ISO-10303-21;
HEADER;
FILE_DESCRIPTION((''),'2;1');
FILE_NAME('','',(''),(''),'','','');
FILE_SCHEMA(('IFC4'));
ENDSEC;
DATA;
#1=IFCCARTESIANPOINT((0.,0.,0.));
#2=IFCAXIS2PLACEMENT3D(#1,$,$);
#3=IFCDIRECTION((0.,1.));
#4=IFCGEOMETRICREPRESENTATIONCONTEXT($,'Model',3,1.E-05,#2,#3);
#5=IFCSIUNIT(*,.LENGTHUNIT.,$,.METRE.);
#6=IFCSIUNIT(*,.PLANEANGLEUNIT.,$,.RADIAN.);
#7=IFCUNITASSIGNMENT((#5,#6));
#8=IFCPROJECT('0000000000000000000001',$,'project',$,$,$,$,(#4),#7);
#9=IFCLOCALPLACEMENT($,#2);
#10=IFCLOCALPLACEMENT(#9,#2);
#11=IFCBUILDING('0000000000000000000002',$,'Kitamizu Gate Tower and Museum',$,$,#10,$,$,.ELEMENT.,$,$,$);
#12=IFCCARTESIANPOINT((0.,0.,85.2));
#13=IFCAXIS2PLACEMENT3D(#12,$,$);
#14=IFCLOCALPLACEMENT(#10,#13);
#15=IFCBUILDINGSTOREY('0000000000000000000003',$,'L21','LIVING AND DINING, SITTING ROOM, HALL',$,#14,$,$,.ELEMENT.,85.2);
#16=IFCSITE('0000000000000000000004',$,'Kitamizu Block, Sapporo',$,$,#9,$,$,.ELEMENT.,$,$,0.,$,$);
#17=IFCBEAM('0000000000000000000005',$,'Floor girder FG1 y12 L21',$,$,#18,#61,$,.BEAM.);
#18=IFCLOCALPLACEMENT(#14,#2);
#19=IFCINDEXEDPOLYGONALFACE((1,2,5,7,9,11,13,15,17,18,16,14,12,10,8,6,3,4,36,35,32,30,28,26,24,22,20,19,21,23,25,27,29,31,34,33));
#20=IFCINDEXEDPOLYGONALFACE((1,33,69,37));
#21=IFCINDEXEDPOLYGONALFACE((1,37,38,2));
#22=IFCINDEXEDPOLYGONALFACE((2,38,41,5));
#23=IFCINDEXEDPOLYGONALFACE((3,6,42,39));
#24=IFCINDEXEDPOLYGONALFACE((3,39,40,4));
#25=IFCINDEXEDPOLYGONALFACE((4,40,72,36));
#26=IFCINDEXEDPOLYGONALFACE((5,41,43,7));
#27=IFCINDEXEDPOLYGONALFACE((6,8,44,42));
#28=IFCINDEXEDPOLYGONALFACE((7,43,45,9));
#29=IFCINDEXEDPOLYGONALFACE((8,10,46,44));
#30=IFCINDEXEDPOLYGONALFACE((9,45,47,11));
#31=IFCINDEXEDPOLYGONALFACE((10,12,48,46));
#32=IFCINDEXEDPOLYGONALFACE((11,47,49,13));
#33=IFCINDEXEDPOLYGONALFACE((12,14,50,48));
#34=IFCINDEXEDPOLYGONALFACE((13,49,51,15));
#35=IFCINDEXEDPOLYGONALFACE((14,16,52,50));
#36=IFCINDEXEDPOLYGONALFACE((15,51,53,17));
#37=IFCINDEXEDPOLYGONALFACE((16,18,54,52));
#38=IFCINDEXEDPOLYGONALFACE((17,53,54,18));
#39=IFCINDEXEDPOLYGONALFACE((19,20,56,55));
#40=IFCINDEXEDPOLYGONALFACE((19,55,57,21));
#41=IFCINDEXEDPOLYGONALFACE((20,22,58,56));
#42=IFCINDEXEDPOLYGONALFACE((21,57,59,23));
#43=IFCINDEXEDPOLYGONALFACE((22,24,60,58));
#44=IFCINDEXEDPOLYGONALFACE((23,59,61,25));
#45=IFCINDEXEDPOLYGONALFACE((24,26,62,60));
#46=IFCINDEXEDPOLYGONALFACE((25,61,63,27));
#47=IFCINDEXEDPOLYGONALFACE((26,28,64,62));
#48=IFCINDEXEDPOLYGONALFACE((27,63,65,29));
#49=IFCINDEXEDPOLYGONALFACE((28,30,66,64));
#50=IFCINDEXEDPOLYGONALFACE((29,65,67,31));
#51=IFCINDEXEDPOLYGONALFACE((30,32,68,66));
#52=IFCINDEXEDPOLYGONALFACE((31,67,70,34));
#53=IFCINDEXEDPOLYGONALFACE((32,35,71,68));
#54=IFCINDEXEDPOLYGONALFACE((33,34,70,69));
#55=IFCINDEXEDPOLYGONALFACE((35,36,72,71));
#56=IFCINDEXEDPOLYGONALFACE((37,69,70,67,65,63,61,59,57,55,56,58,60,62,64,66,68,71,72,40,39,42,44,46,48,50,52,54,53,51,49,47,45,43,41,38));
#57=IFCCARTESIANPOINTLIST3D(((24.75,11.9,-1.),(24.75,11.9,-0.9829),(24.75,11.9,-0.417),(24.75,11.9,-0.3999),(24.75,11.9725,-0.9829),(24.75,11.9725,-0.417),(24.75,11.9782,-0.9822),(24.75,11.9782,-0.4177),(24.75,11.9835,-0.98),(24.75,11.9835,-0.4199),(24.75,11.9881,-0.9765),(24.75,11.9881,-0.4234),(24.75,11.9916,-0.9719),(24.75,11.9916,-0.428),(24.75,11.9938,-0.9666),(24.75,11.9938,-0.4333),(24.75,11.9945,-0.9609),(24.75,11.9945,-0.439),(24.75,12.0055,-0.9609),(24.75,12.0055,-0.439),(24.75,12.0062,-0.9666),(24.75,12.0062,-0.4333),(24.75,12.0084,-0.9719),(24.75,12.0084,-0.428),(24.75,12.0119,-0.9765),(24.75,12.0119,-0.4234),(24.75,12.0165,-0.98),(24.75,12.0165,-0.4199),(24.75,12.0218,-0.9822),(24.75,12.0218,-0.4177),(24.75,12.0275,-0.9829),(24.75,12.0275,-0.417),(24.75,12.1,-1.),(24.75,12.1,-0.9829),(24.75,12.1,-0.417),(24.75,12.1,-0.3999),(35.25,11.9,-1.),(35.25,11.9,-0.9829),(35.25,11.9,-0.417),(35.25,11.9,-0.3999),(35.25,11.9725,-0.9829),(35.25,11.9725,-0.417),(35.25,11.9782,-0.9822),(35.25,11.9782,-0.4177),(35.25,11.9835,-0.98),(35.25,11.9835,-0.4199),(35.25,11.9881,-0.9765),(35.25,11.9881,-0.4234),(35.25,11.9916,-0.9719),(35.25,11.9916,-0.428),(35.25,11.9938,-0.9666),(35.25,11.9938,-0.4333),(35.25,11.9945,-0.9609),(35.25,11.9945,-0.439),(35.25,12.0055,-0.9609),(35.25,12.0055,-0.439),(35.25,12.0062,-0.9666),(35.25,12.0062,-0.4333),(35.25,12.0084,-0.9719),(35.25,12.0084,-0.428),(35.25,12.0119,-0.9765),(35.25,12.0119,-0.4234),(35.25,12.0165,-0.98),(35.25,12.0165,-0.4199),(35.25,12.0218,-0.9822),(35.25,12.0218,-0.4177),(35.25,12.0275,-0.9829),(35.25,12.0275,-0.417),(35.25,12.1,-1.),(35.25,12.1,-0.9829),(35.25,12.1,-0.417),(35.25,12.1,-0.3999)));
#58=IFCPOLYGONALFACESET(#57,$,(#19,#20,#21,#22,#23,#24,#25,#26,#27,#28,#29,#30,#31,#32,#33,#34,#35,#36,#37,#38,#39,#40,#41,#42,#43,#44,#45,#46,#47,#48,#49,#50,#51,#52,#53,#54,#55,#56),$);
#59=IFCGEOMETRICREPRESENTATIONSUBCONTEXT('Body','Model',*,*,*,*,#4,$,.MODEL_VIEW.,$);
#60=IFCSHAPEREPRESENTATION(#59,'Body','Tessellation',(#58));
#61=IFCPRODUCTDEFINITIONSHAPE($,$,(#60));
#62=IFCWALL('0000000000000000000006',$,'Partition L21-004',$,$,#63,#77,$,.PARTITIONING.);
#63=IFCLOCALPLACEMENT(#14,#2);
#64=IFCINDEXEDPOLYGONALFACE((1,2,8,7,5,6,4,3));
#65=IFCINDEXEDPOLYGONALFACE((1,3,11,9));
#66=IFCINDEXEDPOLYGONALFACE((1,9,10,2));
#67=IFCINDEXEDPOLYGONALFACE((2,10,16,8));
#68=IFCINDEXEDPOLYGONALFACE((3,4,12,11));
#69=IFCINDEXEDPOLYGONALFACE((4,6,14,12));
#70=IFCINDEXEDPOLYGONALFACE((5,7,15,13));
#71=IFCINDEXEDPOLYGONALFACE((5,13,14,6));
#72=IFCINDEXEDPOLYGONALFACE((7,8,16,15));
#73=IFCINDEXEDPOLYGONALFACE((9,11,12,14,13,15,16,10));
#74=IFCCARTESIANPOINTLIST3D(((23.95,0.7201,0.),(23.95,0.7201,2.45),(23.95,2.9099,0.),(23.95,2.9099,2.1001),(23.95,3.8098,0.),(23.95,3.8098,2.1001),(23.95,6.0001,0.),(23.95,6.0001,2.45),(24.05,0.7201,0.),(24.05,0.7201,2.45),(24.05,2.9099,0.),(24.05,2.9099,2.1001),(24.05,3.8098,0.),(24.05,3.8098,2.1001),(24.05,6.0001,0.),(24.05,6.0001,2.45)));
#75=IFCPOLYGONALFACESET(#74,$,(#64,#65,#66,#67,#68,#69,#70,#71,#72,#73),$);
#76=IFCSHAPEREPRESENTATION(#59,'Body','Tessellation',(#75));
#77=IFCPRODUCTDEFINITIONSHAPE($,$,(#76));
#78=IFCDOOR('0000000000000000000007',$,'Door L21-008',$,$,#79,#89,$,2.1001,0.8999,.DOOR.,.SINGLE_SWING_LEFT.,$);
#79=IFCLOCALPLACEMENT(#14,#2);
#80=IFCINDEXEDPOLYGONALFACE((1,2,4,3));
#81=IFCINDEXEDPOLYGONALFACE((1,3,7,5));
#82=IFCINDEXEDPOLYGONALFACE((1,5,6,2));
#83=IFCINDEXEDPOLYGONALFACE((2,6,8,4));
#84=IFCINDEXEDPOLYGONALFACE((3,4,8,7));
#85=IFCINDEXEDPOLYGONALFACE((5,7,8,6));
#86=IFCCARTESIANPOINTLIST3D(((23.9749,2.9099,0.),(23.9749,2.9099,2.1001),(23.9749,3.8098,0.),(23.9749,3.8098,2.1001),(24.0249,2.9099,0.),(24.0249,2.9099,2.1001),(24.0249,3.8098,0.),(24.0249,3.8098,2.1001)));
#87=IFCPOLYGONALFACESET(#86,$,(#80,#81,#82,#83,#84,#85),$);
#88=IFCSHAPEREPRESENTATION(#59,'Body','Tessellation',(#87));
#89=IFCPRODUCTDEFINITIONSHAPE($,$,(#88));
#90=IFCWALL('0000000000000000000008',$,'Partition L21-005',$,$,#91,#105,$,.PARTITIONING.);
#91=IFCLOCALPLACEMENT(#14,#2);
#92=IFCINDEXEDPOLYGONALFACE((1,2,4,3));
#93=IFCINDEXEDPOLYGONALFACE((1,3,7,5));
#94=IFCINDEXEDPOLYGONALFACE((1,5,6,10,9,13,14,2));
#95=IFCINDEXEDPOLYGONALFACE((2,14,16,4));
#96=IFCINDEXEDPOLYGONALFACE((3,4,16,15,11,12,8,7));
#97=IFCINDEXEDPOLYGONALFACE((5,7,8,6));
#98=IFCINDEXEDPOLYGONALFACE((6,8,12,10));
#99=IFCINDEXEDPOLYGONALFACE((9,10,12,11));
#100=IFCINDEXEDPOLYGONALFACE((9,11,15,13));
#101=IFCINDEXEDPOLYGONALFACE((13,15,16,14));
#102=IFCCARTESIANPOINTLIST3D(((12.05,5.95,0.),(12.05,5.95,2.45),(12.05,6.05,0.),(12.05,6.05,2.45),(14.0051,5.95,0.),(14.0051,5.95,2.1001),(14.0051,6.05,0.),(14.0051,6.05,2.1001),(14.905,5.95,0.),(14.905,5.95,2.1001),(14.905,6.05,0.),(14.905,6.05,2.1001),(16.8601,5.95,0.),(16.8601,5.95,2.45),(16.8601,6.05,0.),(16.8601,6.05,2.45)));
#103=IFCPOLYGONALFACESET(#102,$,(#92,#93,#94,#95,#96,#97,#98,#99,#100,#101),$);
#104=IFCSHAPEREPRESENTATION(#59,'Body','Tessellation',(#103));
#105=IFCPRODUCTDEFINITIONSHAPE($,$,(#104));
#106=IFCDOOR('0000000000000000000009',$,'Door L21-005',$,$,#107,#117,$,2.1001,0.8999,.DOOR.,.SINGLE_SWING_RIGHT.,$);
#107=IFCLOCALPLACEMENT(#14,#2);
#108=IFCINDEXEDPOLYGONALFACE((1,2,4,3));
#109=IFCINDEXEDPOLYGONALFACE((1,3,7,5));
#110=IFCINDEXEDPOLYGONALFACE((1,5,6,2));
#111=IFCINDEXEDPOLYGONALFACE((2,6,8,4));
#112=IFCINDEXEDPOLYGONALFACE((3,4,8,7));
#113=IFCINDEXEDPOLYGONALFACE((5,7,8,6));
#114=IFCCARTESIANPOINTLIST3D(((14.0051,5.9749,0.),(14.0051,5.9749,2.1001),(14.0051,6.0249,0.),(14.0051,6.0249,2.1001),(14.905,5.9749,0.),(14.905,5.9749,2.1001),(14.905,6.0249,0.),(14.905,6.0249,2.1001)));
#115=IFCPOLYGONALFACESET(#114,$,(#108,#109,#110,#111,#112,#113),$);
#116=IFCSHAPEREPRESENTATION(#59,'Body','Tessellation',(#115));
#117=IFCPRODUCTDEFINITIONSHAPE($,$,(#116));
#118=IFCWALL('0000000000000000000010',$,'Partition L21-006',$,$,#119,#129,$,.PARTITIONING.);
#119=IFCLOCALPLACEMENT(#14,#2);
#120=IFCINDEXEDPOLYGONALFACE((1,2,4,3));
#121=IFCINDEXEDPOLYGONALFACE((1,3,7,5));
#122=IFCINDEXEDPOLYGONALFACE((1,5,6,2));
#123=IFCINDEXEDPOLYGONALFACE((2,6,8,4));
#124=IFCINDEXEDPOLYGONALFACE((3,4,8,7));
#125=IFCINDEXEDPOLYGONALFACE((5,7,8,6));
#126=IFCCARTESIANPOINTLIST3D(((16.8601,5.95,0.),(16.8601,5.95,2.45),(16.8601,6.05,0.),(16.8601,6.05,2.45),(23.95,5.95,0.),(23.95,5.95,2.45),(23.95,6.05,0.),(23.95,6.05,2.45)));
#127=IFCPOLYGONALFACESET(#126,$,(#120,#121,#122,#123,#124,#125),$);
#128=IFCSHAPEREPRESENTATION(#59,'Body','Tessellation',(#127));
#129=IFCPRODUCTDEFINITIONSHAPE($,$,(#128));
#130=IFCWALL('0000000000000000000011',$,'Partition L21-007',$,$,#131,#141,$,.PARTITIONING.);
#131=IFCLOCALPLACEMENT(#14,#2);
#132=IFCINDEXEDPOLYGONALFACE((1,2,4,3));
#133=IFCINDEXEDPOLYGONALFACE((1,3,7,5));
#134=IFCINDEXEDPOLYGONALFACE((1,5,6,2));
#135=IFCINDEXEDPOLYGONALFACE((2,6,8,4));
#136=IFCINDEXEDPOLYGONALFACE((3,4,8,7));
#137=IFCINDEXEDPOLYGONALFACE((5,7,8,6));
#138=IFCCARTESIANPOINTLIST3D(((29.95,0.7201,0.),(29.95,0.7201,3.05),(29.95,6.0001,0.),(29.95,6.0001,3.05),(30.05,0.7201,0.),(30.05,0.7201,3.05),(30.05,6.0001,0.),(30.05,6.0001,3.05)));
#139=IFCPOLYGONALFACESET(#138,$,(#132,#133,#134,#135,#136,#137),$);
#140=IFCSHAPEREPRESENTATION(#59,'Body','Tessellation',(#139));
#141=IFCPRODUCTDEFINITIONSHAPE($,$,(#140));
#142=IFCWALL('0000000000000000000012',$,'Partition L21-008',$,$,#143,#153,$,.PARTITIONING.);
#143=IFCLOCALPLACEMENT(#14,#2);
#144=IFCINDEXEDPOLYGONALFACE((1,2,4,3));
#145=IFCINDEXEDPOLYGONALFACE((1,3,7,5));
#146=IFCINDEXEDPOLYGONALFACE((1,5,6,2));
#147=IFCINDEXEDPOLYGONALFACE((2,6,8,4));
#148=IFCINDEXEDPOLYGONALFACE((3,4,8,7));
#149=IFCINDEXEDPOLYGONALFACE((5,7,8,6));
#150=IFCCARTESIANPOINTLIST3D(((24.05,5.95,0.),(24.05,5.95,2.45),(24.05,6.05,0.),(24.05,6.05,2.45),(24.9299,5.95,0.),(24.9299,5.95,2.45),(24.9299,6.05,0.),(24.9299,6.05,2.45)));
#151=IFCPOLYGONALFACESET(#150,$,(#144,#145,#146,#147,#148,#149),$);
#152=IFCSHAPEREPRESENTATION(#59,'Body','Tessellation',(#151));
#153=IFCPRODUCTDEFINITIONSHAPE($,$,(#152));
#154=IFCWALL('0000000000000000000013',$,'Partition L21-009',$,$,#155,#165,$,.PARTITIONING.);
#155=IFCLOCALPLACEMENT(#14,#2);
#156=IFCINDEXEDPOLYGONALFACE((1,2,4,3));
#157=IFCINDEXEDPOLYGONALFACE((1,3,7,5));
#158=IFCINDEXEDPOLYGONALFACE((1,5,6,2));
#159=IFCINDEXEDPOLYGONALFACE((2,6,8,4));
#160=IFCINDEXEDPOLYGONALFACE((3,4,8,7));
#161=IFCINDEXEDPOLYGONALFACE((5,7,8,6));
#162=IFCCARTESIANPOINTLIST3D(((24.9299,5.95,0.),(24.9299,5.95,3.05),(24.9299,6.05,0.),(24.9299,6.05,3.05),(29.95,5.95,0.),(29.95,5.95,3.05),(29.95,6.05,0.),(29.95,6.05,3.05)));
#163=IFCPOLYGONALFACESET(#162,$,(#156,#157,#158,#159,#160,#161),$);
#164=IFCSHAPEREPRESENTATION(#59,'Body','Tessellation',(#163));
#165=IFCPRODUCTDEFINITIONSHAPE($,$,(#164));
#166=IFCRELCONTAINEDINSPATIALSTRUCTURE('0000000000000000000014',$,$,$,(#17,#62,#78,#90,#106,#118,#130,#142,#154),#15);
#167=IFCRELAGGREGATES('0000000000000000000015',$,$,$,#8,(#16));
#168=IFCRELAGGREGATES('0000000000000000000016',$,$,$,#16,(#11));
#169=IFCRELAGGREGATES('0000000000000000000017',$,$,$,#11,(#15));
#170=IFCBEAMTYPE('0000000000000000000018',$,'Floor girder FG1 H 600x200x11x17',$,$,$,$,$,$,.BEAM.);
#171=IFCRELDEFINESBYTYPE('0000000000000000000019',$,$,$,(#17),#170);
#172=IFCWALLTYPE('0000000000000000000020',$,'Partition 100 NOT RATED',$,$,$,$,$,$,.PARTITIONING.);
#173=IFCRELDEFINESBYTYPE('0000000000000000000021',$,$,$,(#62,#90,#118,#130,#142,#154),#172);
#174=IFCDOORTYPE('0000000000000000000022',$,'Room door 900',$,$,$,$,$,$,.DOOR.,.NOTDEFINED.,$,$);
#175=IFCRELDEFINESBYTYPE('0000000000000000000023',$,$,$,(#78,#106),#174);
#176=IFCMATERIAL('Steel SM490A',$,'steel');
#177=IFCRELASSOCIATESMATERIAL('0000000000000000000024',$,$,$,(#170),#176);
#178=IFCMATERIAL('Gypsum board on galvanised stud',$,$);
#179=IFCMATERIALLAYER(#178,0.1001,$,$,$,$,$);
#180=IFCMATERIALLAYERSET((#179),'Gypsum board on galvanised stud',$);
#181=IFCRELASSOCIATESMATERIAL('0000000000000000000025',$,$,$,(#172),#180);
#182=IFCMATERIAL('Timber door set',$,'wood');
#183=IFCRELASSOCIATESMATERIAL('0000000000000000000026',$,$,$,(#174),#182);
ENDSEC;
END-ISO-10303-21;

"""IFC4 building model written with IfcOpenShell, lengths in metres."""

from ifc_helpers import new_model, si_unit, direction, frame, frame_2d, origin, origin_2d, place, context, subcontext, project, spatial, rectangle, i_section, extrude, material, layer, layer_set, material_profile, profile_set, type_object, element, fill, save


model = new_model("IFC4")

# Units and contexts
model_context = context("Model", 3, precision=1e-05, world=origin(), true_north=direction((0.0, 1.0)))
body_context = subcontext(model_context, "Body", "Model", "MODEL_VIEW")
ifc_project = project(units=[si_unit("LENGTHUNIT", "METRE"), si_unit("PLANEANGLEUNIT", "RADIAN")], contexts=[model_context])

# Site, building, storey
site_placement = place(None, origin())
site = spatial("IfcSite", under=ifc_project, at=site_placement, Name="Kitamizu Block, Sapporo", CompositionType="ELEMENT", RefElevation=0.0)
building_placement = place(site_placement, origin())
building = spatial("IfcBuilding", under=site, at=building_placement, Name="Kitamizu Gate Tower and Museum", CompositionType="ELEMENT")
storey_placement = place(building_placement, frame((0.0, 0.0, 85.2)))
storey = spatial("IfcBuildingStorey", under=building, at=storey_placement, Name="L21", Description="LIVING AND DINING, SITTING ROOM, HALL", CompositionType="ELEMENT", Elevation=85.2)

# Beam
ifc_material_1 = material(Name="Steel SM490A", Category="steel")
ifc_material_profile_1 = material_profile(ifc_material_1, i_section(OverallWidth=0.2, OverallDepth=0.6001, WebThickness=0.011, FlangeThickness=0.0171, FilletRadius=0.022, at=origin_2d()), Name="H-600x200x11x17")
ifc_profile_set_1 = profile_set([ifc_material_profile_1], Name="Steel SM490A")
beam_type_1 = type_object("IfcBeamType", Name="Floor girder FG1 H 600x200x11x17", PredefinedType="BEAM", material=ifc_profile_set_1)
beam_1_placement = place(storey_placement, frame((24.75, 12.0, -0.7), z_axis=(1.0, 0.0, 0.0), x_axis=(0.0, 1.0, 0.0)))
element("IfcBeam", 1, at=beam_1_placement, inside=storey, type_object=beam_type_1, Name="Floor girder FG1 y12 L21", PredefinedType="BEAM", context=body_context, shape_type="SweptSolid", body=[
    extrude(i_section(OverallWidth=0.2, OverallDepth=0.6001, WebThickness=0.011, FlangeThickness=0.0171, FilletRadius=0.022, at=origin_2d()), origin(), (0.0, 0.0, 1.0), 10.5),
])

# Walls, openings, doors
ifc_material_2 = material(Name="Gypsum board on galvanised stud")
ifc_layer = layer(ifc_material_2, 0.1001)
ifc_layer_set = layer_set([ifc_layer], Name="Gypsum board on galvanised stud")
wall_type = type_object("IfcWallType", Name="Partition 100 NOT RATED", PredefinedType="PARTITIONING", material=ifc_layer_set)
wall_1_placement = place(storey_placement, frame((24.0, 0.72, 0.0), z_axis=(0.0, 0.0, 1.0), x_axis=(0.0, 1.0, 0.0)))
wall_1 = element("IfcWall", 2, at=wall_1_placement, inside=storey, type_object=wall_type, Name="Partition L21-004", PredefinedType="PARTITIONING", context=body_context, shape_type="SweptSolid", body=[
    extrude(rectangle(XDim=5.28, YDim=0.1001, at=frame_2d((2.6401, 0.0))), origin(), (0.0, 0.0, 1.0), 2.45),
])
opening_1_placement = place(wall_1_placement, frame((2.1899, 0.0, 0.0)))
opening_1 = element("IfcOpeningElement", 3, at=opening_1_placement, cuts=wall_1, PredefinedType="OPENING", context=body_context, shape_type="SweptSolid", body=[
    extrude(rectangle(XDim=0.8999, YDim=2.1001, at=frame_2d((0.45, 1.05))), frame((0.0, 0.0601, 0.0), z_axis=(0.0, -1.0, 0.0), x_axis=(1.0, 0.0, 0.0)), (0.0, 0.0, 1.0), 0.1201),
])
ifc_material_3 = material(Name="Timber door set", Category="wood")
door_type = type_object("IfcDoorType", Name="Room door 900", OperationType="NOTDEFINED", PredefinedType="DOOR", material=ifc_material_3)
door_1_placement = place(opening_1_placement, frame((0.8999, 0.0, 0.0), x_axis=(-1.0, 0.0, 0.0)))
door_1 = element("IfcDoor", 4, at=door_1_placement, inside=storey, type_object=door_type, Name="Door L21-008", OperationType="SINGLE_SWING_LEFT", OverallHeight=2.1001, OverallWidth=0.8999, PredefinedType="DOOR", context=body_context, shape_type="SweptSolid", body=[
    extrude(rectangle(XDim=0.8999, YDim=2.1001, at=frame_2d((0.45, 1.05))), frame((0.0, 0.0249, 0.0), z_axis=(0.0, -1.0, 0.0), x_axis=(1.0, 0.0, 0.0)), (0.0, 0.0, 1.0), 0.05),
])
fill(opening_1, door_1)
wall_2_placement = place(storey_placement, frame((16.8601, 6.0, 0.0), z_axis=(0.0, 0.0, 1.0), x_axis=(-1.0, 0.0, 0.0)))
wall_2 = element("IfcWall", 5, at=wall_2_placement, inside=storey, type_object=wall_type, Name="Partition L21-005", PredefinedType="PARTITIONING", context=body_context, shape_type="SweptSolid", body=[
    extrude(rectangle(XDim=4.8101, YDim=0.1001, at=frame_2d((2.405, 0.0))), origin(), (0.0, 0.0, 1.0), 2.45),
])
opening_2_placement = place(wall_2_placement, frame((1.9551, 0.0, 0.0)))
opening_2 = element("IfcOpeningElement", 6, at=opening_2_placement, cuts=wall_2, PredefinedType="OPENING", context=body_context, shape_type="SweptSolid", body=[
    extrude(rectangle(XDim=0.8999, YDim=2.1001, at=frame_2d((0.45, 1.05))), frame((0.0, 0.0601, 0.0), z_axis=(0.0, -1.0, 0.0), x_axis=(1.0, 0.0, 0.0)), (0.0, 0.0, 1.0), 0.1201),
])
door_2_placement = place(opening_2_placement, frame((0.8999, 0.0, 0.0), x_axis=(-1.0, 0.0, 0.0)))
door_2 = element("IfcDoor", 7, at=door_2_placement, inside=storey, type_object=door_type, Name="Door L21-005", OperationType="SINGLE_SWING_RIGHT", OverallHeight=2.1001, OverallWidth=0.8999, PredefinedType="DOOR", context=body_context, shape_type="SweptSolid", body=[
    extrude(rectangle(XDim=0.8999, YDim=2.1001, at=frame_2d((0.45, 1.05))), frame((0.0, 0.0249, 0.0), z_axis=(0.0, -1.0, 0.0), x_axis=(1.0, 0.0, 0.0)), (0.0, 0.0, 1.0), 0.05),
])
fill(opening_2, door_2)

# Walls
wall_3_placement = place(storey_placement, frame((23.95, 6.0, 0.0), z_axis=(0.0, 0.0, 1.0), x_axis=(-1.0, 0.0, 0.0)))
element("IfcWall", 8, at=wall_3_placement, inside=storey, type_object=wall_type, Name="Partition L21-006", PredefinedType="PARTITIONING", context=body_context, shape_type="SweptSolid", body=[
    extrude(rectangle(XDim=7.0898, YDim=0.1001, at=frame_2d((3.5449, 0.0))), origin(), (0.0, 0.0, 1.0), 2.45),
])
wall_4_placement = place(storey_placement, frame((30.0, 0.72, 0.0), z_axis=(0.0, 0.0, 1.0), x_axis=(0.0, 1.0, 0.0)))
element("IfcWall", 9, at=wall_4_placement, inside=storey, type_object=wall_type, Name="Partition L21-007", PredefinedType="PARTITIONING", context=body_context, shape_type="SweptSolid", body=[
    extrude(rectangle(XDim=5.28, YDim=0.1001, at=frame_2d((2.6401, 0.0))), origin(), (0.0, 0.0, 1.0), 3.05),
])
wall_5_placement = place(storey_placement, frame((24.9299, 6.0, 0.0), z_axis=(0.0, 0.0, 1.0), x_axis=(-1.0, 0.0, 0.0)))
element("IfcWall", 10, at=wall_5_placement, inside=storey, type_object=wall_type, Name="Partition L21-008", PredefinedType="PARTITIONING", context=body_context, shape_type="SweptSolid", body=[
    extrude(rectangle(XDim=0.8799, YDim=0.1001, at=frame_2d((0.4399, 0.0))), origin(), (0.0, 0.0, 1.0), 2.45),
])
wall_6_placement = place(storey_placement, frame((29.95, 6.0, 0.0), z_axis=(0.0, 0.0, 1.0), x_axis=(-1.0, 0.0, 0.0)))
element("IfcWall", 11, at=wall_6_placement, inside=storey, type_object=wall_type, Name="Partition L21-009", PredefinedType="PARTITIONING", context=body_context, shape_type="SweptSolid", body=[
    extrude(rectangle(XDim=5.02, YDim=0.1001, at=frame_2d((2.51, 0.0))), origin(), (0.0, 0.0, 1.0), 3.05),
])

save(model, "model.ifc")
